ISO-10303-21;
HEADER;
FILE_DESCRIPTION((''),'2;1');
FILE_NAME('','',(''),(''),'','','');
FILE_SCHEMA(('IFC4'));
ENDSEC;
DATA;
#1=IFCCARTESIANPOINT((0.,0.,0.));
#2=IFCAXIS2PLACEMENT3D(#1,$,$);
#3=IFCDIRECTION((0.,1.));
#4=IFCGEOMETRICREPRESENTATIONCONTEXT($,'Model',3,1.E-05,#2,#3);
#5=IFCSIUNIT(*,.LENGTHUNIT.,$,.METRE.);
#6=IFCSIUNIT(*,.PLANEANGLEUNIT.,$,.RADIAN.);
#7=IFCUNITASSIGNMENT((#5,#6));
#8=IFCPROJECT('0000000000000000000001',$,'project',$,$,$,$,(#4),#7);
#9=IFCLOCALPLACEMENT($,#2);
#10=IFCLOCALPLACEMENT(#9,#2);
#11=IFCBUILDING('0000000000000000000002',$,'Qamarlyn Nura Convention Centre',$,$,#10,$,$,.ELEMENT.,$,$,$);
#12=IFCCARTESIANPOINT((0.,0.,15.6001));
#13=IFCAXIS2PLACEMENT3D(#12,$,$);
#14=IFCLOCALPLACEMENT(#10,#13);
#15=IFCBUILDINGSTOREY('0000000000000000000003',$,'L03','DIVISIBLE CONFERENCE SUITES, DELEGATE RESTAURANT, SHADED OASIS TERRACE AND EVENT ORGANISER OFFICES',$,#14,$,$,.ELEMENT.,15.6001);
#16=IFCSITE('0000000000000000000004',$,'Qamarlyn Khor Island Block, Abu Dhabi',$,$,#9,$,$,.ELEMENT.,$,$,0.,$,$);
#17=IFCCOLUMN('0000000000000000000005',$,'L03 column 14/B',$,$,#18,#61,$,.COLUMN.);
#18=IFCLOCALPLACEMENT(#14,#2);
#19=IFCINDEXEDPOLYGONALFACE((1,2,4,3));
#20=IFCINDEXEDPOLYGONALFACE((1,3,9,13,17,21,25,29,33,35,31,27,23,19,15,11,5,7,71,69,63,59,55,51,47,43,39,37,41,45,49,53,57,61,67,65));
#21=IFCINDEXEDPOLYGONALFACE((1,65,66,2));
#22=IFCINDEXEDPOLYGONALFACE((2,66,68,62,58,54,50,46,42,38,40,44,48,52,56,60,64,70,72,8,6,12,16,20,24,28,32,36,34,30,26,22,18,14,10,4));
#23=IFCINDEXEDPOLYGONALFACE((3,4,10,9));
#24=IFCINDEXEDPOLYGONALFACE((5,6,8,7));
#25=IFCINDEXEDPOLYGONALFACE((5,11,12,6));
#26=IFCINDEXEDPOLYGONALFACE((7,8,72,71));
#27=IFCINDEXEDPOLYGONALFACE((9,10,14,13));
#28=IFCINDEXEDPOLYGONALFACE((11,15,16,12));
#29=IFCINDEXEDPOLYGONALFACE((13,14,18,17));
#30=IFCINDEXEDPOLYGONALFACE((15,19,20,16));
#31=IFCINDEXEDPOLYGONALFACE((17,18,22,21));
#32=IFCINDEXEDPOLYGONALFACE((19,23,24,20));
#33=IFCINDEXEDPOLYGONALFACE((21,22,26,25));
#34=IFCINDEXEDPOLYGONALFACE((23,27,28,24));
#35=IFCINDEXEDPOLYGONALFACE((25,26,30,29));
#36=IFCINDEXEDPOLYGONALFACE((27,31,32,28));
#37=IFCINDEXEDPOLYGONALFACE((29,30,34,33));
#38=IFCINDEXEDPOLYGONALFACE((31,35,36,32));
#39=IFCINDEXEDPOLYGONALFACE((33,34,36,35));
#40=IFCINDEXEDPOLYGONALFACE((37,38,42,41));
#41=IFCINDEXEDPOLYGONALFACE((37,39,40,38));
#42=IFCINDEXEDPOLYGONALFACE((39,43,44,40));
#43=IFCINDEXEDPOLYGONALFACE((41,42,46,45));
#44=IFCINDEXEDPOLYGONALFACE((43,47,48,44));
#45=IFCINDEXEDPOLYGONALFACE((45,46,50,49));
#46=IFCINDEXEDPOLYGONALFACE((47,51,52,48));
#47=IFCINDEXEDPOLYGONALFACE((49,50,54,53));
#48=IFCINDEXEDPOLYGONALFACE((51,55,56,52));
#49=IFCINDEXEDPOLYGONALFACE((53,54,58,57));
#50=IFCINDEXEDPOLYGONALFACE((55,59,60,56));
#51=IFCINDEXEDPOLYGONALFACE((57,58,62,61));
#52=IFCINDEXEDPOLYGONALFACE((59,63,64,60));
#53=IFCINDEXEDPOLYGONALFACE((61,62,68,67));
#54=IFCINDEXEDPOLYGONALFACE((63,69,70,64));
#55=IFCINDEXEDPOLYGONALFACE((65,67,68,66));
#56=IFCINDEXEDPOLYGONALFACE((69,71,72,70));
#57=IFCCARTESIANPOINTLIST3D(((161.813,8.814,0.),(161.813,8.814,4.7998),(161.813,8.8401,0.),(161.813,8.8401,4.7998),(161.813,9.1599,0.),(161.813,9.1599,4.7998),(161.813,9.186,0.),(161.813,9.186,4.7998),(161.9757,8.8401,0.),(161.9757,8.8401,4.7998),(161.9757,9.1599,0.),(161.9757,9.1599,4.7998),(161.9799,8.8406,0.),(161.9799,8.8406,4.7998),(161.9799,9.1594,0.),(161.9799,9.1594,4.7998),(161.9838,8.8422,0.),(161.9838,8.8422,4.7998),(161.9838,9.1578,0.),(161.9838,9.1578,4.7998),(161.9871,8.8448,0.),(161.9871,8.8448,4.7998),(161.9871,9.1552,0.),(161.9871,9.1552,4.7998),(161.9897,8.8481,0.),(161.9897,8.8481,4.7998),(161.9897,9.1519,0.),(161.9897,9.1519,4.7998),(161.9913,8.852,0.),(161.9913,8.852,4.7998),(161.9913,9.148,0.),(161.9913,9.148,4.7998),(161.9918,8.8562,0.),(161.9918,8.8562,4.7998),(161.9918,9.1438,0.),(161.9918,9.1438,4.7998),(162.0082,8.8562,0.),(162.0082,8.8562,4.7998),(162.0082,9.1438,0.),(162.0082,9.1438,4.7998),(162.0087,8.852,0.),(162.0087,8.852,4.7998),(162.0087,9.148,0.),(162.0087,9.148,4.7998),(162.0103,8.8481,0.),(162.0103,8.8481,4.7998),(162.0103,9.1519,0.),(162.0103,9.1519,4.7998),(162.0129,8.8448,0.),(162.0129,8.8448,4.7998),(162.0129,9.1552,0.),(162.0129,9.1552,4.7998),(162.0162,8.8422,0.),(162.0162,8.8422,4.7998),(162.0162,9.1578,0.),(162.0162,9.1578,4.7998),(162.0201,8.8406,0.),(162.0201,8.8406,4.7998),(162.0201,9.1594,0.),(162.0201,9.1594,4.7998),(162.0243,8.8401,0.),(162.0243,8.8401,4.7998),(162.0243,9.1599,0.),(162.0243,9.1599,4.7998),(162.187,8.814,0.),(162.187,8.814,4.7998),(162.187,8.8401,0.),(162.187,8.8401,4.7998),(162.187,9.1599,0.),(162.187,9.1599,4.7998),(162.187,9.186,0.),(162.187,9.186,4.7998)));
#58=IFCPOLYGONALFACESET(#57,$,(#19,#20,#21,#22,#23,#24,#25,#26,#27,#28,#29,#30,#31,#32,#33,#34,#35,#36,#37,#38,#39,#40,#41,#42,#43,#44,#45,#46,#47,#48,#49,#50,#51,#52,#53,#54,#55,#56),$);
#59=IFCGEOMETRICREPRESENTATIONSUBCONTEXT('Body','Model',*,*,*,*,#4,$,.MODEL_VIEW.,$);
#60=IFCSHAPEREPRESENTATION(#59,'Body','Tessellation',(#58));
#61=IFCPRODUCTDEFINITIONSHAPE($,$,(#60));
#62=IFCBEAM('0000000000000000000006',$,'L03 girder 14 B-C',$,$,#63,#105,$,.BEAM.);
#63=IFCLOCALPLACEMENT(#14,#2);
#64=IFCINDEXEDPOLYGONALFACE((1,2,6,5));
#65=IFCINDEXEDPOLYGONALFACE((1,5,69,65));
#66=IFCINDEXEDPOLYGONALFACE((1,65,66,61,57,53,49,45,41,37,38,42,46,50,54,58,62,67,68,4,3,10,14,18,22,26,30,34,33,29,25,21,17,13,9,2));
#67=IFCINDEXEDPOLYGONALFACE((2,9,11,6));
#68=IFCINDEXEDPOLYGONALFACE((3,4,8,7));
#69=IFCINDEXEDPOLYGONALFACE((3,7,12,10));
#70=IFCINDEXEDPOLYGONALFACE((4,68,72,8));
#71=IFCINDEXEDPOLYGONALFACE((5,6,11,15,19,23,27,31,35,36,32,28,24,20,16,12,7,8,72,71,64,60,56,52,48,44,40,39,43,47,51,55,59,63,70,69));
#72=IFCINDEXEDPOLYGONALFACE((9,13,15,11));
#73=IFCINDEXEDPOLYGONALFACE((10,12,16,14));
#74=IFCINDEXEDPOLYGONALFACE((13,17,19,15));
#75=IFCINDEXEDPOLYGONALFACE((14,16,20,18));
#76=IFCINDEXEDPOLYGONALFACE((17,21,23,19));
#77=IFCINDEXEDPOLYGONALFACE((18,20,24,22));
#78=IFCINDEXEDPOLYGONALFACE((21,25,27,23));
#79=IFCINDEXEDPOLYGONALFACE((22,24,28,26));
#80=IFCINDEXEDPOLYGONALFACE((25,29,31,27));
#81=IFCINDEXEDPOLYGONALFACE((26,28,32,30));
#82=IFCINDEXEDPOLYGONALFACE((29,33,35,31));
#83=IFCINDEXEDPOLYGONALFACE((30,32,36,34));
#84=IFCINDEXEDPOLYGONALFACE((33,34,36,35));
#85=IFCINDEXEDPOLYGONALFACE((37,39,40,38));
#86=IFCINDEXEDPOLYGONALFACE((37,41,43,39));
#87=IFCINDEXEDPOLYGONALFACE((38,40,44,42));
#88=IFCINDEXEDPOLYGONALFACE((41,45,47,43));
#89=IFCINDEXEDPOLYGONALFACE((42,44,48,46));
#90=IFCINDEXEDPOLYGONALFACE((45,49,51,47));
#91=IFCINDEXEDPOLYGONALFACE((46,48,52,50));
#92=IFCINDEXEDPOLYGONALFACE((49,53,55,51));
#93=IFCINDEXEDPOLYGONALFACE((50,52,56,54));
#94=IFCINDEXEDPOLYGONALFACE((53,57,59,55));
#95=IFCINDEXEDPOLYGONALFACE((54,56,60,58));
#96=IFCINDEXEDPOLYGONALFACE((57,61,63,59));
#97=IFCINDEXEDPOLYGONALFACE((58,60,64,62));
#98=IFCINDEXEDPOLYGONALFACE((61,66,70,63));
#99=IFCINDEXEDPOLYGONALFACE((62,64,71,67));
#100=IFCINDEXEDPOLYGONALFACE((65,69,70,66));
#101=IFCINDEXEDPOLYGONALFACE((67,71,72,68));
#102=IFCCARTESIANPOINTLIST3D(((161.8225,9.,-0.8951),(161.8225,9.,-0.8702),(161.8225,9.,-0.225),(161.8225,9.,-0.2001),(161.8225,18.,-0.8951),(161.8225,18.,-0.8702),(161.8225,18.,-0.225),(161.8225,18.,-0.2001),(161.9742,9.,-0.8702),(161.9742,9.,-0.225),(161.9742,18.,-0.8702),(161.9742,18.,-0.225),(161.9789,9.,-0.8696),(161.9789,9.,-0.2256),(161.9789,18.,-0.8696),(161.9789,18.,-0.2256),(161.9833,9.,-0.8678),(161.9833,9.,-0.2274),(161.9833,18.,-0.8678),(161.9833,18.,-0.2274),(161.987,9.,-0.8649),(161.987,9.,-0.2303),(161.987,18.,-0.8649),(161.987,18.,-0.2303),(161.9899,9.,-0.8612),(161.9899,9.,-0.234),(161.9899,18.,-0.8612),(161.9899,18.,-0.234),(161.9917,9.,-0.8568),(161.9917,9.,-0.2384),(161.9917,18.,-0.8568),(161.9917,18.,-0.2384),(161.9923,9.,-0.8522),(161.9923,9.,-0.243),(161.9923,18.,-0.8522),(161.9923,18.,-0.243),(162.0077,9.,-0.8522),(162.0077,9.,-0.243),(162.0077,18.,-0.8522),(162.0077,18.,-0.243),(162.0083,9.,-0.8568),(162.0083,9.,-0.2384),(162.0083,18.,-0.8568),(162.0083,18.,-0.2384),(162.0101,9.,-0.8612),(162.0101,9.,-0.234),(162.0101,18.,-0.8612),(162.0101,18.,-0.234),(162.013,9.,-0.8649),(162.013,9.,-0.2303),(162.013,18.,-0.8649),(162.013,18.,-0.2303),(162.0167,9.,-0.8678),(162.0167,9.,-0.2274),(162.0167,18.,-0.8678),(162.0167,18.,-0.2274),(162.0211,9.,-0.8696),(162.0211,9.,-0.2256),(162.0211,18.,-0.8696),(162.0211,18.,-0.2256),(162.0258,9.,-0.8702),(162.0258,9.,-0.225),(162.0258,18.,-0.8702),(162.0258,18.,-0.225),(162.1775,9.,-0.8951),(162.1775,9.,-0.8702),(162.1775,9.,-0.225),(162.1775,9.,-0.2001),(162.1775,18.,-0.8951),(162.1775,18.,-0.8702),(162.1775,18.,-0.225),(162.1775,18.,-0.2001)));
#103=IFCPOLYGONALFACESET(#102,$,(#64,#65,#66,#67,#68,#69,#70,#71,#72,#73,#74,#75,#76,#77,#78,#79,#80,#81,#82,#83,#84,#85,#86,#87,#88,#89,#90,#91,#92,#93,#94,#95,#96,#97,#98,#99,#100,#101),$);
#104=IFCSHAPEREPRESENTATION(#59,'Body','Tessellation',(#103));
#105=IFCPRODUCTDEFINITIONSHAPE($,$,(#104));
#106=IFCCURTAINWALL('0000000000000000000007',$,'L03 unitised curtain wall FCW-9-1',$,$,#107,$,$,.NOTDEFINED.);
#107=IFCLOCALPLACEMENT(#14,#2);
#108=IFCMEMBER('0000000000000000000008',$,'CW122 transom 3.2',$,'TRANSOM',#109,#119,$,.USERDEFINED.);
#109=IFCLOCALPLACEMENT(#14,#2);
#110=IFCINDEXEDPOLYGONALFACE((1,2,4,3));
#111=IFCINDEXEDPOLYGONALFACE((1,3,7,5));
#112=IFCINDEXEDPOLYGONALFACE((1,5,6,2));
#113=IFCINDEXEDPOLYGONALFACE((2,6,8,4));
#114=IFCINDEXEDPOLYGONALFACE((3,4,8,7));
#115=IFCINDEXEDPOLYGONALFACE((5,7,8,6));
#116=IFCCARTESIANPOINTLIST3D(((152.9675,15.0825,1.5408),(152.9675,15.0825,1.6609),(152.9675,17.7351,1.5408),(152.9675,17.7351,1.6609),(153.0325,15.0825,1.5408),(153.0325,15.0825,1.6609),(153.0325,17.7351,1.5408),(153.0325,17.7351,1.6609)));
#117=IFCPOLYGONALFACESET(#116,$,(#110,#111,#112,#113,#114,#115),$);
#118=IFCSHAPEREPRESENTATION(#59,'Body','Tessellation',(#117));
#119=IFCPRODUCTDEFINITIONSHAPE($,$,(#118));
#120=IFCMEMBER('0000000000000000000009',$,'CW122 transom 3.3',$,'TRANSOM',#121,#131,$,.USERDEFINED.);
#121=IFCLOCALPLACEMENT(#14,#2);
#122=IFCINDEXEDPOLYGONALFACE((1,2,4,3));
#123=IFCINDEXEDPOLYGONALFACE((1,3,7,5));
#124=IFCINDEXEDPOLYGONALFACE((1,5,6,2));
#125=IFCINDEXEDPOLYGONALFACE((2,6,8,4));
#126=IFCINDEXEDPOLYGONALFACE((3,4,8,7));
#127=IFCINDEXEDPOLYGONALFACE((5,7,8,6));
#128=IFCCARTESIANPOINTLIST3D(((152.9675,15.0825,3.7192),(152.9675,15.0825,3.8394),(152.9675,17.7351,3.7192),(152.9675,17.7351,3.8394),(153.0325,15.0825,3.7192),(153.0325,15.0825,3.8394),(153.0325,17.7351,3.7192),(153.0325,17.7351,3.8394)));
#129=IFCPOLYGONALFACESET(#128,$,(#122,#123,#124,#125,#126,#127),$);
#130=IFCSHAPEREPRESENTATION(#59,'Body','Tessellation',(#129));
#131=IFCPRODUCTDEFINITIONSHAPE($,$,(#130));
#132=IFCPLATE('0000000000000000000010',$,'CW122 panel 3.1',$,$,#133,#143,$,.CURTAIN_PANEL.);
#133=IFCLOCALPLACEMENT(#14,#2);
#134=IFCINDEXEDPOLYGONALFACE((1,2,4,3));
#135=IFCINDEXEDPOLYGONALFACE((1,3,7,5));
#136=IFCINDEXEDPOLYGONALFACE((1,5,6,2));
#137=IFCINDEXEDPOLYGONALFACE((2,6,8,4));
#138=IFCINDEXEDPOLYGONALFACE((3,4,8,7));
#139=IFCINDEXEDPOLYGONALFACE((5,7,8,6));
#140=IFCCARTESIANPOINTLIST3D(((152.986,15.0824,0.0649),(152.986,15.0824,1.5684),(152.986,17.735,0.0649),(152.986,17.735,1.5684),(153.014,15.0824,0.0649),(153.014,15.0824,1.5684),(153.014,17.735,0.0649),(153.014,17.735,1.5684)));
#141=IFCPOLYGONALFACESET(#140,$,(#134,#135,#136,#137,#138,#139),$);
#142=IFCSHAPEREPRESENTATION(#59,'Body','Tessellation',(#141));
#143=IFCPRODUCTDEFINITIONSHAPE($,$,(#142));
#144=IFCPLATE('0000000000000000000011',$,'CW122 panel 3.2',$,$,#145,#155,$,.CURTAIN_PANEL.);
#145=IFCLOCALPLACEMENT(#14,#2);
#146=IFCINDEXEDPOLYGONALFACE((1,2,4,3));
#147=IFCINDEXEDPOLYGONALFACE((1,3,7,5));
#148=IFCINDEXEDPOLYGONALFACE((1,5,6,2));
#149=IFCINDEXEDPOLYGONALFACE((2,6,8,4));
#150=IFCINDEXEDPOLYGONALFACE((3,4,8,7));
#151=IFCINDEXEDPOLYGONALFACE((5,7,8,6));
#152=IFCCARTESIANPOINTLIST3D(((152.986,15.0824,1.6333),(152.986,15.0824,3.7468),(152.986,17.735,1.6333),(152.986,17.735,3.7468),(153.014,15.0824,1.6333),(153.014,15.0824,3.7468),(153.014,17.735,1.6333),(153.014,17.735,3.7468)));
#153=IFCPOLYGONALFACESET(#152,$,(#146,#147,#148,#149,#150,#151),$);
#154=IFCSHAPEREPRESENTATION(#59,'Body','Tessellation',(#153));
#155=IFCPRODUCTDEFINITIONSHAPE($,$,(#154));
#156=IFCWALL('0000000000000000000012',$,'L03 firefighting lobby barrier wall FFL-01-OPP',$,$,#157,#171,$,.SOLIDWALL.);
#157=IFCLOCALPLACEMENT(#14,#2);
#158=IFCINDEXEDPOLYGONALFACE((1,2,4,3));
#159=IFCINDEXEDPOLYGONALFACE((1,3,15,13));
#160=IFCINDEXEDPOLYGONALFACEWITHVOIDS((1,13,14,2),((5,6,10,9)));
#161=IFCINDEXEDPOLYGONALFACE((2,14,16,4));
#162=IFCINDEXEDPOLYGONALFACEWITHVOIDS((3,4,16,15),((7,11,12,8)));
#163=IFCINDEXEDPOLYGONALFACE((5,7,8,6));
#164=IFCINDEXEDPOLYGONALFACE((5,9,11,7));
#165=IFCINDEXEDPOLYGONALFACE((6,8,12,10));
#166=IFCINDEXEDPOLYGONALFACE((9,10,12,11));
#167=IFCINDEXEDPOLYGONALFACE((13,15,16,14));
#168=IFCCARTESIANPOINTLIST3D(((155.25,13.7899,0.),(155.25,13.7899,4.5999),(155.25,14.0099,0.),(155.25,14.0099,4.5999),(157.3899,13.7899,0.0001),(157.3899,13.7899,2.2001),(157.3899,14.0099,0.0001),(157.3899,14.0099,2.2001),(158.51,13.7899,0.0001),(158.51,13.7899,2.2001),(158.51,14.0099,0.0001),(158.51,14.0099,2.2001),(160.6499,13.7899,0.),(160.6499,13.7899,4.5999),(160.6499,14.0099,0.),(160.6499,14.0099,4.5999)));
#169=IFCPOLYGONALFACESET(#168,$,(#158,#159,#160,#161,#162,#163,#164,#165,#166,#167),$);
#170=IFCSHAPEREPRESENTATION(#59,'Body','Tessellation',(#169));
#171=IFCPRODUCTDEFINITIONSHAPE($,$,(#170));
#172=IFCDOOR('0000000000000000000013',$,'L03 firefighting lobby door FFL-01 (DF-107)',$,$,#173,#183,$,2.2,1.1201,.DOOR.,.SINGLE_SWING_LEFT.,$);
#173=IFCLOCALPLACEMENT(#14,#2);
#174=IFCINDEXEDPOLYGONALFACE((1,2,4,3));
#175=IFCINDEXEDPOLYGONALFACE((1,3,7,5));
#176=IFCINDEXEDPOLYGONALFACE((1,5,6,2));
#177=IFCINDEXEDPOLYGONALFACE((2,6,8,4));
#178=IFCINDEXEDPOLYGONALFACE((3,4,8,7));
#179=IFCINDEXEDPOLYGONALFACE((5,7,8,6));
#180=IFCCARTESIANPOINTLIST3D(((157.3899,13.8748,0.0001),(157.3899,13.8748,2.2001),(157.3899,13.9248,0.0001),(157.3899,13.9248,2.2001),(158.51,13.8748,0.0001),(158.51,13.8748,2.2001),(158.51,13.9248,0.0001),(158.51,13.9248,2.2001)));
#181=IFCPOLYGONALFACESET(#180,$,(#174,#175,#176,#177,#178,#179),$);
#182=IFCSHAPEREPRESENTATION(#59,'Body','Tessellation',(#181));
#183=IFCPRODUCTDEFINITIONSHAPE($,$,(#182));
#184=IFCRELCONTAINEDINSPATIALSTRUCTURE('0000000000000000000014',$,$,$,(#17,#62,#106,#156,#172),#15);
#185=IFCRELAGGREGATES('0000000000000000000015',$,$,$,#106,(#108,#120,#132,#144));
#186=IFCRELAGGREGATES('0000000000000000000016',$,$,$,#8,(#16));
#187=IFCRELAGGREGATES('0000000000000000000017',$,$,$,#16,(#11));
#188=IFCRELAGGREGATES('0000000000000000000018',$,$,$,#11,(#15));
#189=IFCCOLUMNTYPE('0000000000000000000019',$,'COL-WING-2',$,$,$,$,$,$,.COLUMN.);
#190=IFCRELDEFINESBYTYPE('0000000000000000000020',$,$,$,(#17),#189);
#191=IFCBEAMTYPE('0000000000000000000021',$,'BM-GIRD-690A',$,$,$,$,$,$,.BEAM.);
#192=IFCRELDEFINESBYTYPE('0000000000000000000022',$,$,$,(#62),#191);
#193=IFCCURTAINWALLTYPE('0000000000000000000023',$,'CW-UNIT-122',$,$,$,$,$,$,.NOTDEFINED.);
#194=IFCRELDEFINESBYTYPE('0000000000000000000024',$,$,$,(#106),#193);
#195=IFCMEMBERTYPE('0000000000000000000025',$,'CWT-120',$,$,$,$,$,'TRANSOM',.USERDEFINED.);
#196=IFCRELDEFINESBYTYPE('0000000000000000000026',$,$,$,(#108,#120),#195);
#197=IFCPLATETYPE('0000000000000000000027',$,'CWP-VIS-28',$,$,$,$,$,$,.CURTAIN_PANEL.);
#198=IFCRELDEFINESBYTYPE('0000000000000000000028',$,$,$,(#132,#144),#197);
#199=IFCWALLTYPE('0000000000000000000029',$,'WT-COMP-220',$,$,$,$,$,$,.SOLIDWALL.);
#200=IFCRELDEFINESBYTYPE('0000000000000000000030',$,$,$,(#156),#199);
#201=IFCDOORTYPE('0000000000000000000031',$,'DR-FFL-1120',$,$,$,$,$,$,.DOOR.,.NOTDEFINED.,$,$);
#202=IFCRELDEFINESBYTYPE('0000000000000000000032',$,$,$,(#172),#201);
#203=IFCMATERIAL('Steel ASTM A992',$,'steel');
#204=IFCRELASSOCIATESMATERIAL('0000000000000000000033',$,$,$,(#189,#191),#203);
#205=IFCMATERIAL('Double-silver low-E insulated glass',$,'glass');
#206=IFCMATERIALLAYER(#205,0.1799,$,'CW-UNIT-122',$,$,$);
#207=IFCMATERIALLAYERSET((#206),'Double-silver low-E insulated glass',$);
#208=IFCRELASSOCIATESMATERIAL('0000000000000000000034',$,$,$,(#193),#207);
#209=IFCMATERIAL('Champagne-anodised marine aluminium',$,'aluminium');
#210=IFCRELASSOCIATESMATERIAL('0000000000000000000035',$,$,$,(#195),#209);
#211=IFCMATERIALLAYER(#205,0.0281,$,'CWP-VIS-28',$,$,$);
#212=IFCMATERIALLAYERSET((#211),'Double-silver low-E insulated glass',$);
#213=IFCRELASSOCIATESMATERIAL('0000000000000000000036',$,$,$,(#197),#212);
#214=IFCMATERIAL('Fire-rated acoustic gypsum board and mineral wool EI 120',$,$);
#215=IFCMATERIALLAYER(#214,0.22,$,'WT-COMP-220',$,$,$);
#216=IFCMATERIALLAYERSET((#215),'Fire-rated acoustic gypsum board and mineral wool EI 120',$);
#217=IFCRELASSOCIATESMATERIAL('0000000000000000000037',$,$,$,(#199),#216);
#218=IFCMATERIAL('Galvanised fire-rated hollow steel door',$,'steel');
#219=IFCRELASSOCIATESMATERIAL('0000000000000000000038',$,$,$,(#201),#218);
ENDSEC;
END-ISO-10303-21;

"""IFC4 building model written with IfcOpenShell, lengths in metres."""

from ifc_helpers import new_model, si_unit, direction, frame, frame_2d, origin, origin_2d, place, context, subcontext, project, spatial, rectangle, i_section, extrude, material, layer, layer_set, material_profile, profile_set, type_object, element, fill, aggregate, save


model = new_model("IFC4")

# Units and contexts
model_context = context("Model", 3, precision=1e-05, world=origin(), true_north=direction((0.0, 1.0)))
body_context = subcontext(model_context, "Body", "Model", "MODEL_VIEW")
ifc_project = project(units=[si_unit("LENGTHUNIT", "METRE"), si_unit("PLANEANGLEUNIT", "RADIAN")], contexts=[model_context])

# Site, building, storey
site_placement = place(None, origin())
site = spatial("IfcSite", under=ifc_project, at=site_placement, Name="Qamarlyn Khor Island Block, Abu Dhabi", CompositionType="ELEMENT", RefElevation=0.0)
building_placement = place(site_placement, origin())
building = spatial("IfcBuilding", under=site, at=building_placement, Name="Qamarlyn Nura Convention Centre", CompositionType="ELEMENT")
storey_placement = place(building_placement, frame((0.0, 0.0, 15.6001)))
storey = spatial("IfcBuildingStorey", under=building, at=storey_placement, Name="L03", Description="DIVISIBLE CONFERENCE SUITES, DELEGATE RESTAURANT, SHADED OASIS TERRACE AND EVENT ORGANISER OFFICES", CompositionType="ELEMENT", Elevation=15.6001)

# Column
ifc_material_1 = material(Name="Steel ASTM A992", Category="steel")
ifc_material_profile_1 = material_profile(ifc_material_1, i_section(OverallWidth=0.374, OverallDepth=0.3721, WebThickness=0.0164, FlangeThickness=0.0261, FilletRadius=0.0161, at=origin_2d()), Name="W360X196")
ifc_profile_set_1 = profile_set([ifc_material_profile_1], Name="Steel ASTM A992")
column_type = type_object("IfcColumnType", Name="COL-WING-2", PredefinedType="COLUMN", material=ifc_profile_set_1)
column_placement = place(storey_placement, frame((162.0, 9.0, 0.0), z_axis=(0.0, 0.0, 1.0), x_axis=(1.0, 0.0, 0.0)))
element("IfcColumn", 1, at=column_placement, inside=storey, type_object=column_type, Name="L03 column 14/B", PredefinedType="COLUMN", context=body_context, shape_type="SweptSolid", body=[
    extrude(i_section(OverallWidth=0.374, OverallDepth=0.3721, WebThickness=0.0164, FlangeThickness=0.0261, FilletRadius=0.0161, at=origin_2d()), origin(), (0.0, 0.0, 1.0), 4.7998),
])

# Beam
ifc_material_profile_2 = material_profile(ifc_material_1, i_section(OverallWidth=0.355, OverallDepth=0.6951, WebThickness=0.0154, FlangeThickness=0.0249, FilletRadius=0.0181, at=origin_2d()), Name="W690X217")
ifc_profile_set_2 = profile_set([ifc_material_profile_2], Name="Steel ASTM A992")
beam_type = type_object("IfcBeamType", Name="BM-GIRD-690A", PredefinedType="BEAM", material=ifc_profile_set_2)
beam_placement = place(storey_placement, frame((162.0, 9.0, -0.5476), z_axis=(0.0, 1.0, 0.0), x_axis=(-1.0, 0.0, 0.0)))
element("IfcBeam", 2, at=beam_placement, inside=storey, type_object=beam_type, Name="L03 girder 14 B-C", PredefinedType="BEAM", context=body_context, shape_type="SweptSolid", body=[
    extrude(i_section(OverallWidth=0.355, OverallDepth=0.6951, WebThickness=0.0154, FlangeThickness=0.0249, FilletRadius=0.0181, at=origin_2d()), origin(), (0.0, 0.0, 1.0), 9.0),
])

# Curtain wall, members, plates
ifc_material_2 = material(Name="Double-silver low-E insulated glass", Category="glass")
ifc_layer_1 = layer(ifc_material_2, 0.1799, Name="CW-UNIT-122")
ifc_layer_set_1 = layer_set([ifc_layer_1], Name="Double-silver low-E insulated glass")
curtain_wall_type = type_object("IfcCurtainWallType", Name="CW-UNIT-122", PredefinedType="NOTDEFINED", material=ifc_layer_set_1)
curtain_wall_placement = place(storey_placement, origin())
curtain_wall = element("IfcCurtainWall", 3, at=curtain_wall_placement, inside=storey, type_object=curtain_wall_type, Name="L03 unitised curtain wall FCW-9-1", PredefinedType="NOTDEFINED")
ifc_material_3 = material(Name="Champagne-anodised marine aluminium", Category="aluminium")
ifc_material_profile_3 = material_profile(ifc_material_3, rectangle(XDim=0.0649, YDim=0.1201, at=origin_2d()), Name="ALU TRANSOM 65x120")
ifc_profile_set_3 = profile_set([ifc_material_profile_3], Name="Champagne-anodised marine aluminium")
member_type = type_object("IfcMemberType", Name="CWT-120", ElementType="TRANSOM", PredefinedType="USERDEFINED", material=ifc_profile_set_3)
member_1_placement = place(storey_placement, frame((153.0, 15.0825, 1.6008), z_axis=(0.0, 1.0, 0.0), x_axis=(-1.0, 0.0, 0.0)))
member_1 = element("IfcMember", 4, at=member_1_placement, type_object=member_type, Name="CW122 transom 3.2", ObjectType="TRANSOM", PredefinedType="USERDEFINED", context=body_context, shape_type="SweptSolid", body=[
    extrude(rectangle(XDim=0.0649, YDim=0.1201, at=origin_2d()), origin(), (0.0, 0.0, 1.0), 2.6526),
])
member_2_placement = place(storey_placement, frame((153.0, 15.0825, 3.7793), z_axis=(0.0, 1.0, 0.0), x_axis=(-1.0, 0.0, 0.0)))
member_2 = element("IfcMember", 5, at=member_2_placement, type_object=member_type, Name="CW122 transom 3.3", ObjectType="TRANSOM", PredefinedType="USERDEFINED", context=body_context, shape_type="SweptSolid", body=[
    extrude(rectangle(XDim=0.0649, YDim=0.1201, at=origin_2d()), origin(), (0.0, 0.0, 1.0), 2.6526),
])
ifc_layer_2 = layer(ifc_material_2, 0.0281, Name="CWP-VIS-28")
ifc_layer_set_2 = layer_set([ifc_layer_2], Name="Double-silver low-E insulated glass")
plate_type = type_object("IfcPlateType", Name="CWP-VIS-28", PredefinedType="CURTAIN_PANEL", material=ifc_layer_set_2)
plate_1_placement = place(storey_placement, frame((153.0, 16.4087, 0.0649), z_axis=(0.0, 0.0, 1.0), x_axis=(0.0, 1.0, 0.0)))
plate_1 = element("IfcPlate", 6, at=plate_1_placement, type_object=plate_type, Name="CW122 panel 3.1", PredefinedType="CURTAIN_PANEL", context=body_context, shape_type="SweptSolid", body=[
    extrude(rectangle(XDim=2.6526, YDim=0.0281, at=origin_2d()), origin(), (0.0, 0.0, 1.0), 1.5034),
])
plate_2_placement = place(storey_placement, frame((153.0, 16.4087, 1.6333), z_axis=(0.0, 0.0, 1.0), x_axis=(0.0, 1.0, 0.0)))
plate_2 = element("IfcPlate", 7, at=plate_2_placement, type_object=plate_type, Name="CW122 panel 3.2", PredefinedType="CURTAIN_PANEL", context=body_context, shape_type="SweptSolid", body=[
    extrude(rectangle(XDim=2.6526, YDim=0.0281, at=origin_2d()), origin(), (0.0, 0.0, 1.0), 2.1135),
])
aggregate(curtain_wall, [member_1, member_2, plate_1, plate_2])

# Wall, opening, door
ifc_material_4 = material(Name="Fire-rated acoustic gypsum board and mineral wool EI 120")
ifc_layer_3 = layer(ifc_material_4, 0.22, Name="WT-COMP-220")
ifc_layer_set_3 = layer_set([ifc_layer_3], Name="Fire-rated acoustic gypsum board and mineral wool EI 120")
wall_type_1 = type_object("IfcWallType", Name="WT-COMP-220", PredefinedType="SOLIDWALL", material=ifc_layer_set_3)
wall_1_placement = place(storey_placement, frame((155.25, 13.8999, 0.0), z_axis=(0.0, 0.0, 1.0), x_axis=(1.0, 0.0, 0.0)))
wall_1 = element("IfcWall", 8, at=wall_1_placement, inside=storey, type_object=wall_type_1, Name="L03 firefighting lobby barrier wall FFL-01-OPP", PredefinedType="SOLIDWALL", context=body_context, shape_type="SweptSolid", body=[
    extrude(rectangle(XDim=5.3999, YDim=0.22, at=frame_2d((2.7, 0.0))), origin(), (0.0, 0.0, 1.0), 4.5999),
])
opening_1_placement = place(wall_1_placement, frame((2.1399, 0.0, 0.0)))
opening_1 = element("IfcOpeningElement", 9, at=opening_1_placement, cuts=wall_1, PredefinedType="OPENING", context=body_context, shape_type="SweptSolid", body=[
    extrude(rectangle(XDim=1.1201, YDim=2.2, at=frame_2d((0.5601, 1.1001))), frame((0.0, 0.1201, 0.0), z_axis=(0.0, -1.0, 0.0), x_axis=(1.0, 0.0, 0.0)), (0.0, 0.0, 1.0), 0.24),
])
ifc_material_5 = material(Name="Galvanised fire-rated hollow steel door", Category="steel")
door_type_1 = type_object("IfcDoorType", Name="DR-FFL-1120", OperationType="NOTDEFINED", PredefinedType="DOOR", material=ifc_material_5)
door_1_placement = place(opening_1_placement, origin())
door_1 = element("IfcDoor", 10, at=door_1_placement, inside=storey, type_object=door_type_1, Name="L03 firefighting lobby door FFL-01 (DF-107)", OperationType="SINGLE_SWING_LEFT", OverallHeight=2.2, OverallWidth=1.1201, PredefinedType="DOOR", context=body_context, shape_type="SweptSolid", body=[
    extrude(rectangle(XDim=1.1201, YDim=2.2, at=frame_2d((0.5601, 1.1001))), frame((0.0, 0.0249, 0.0), z_axis=(0.0, -1.0, 0.0), x_axis=(1.0, 0.0, 0.0)), (0.0, 0.0, 1.0), 0.05),
])
fill(opening_1, door_1)

save(model, "model.ifc")
